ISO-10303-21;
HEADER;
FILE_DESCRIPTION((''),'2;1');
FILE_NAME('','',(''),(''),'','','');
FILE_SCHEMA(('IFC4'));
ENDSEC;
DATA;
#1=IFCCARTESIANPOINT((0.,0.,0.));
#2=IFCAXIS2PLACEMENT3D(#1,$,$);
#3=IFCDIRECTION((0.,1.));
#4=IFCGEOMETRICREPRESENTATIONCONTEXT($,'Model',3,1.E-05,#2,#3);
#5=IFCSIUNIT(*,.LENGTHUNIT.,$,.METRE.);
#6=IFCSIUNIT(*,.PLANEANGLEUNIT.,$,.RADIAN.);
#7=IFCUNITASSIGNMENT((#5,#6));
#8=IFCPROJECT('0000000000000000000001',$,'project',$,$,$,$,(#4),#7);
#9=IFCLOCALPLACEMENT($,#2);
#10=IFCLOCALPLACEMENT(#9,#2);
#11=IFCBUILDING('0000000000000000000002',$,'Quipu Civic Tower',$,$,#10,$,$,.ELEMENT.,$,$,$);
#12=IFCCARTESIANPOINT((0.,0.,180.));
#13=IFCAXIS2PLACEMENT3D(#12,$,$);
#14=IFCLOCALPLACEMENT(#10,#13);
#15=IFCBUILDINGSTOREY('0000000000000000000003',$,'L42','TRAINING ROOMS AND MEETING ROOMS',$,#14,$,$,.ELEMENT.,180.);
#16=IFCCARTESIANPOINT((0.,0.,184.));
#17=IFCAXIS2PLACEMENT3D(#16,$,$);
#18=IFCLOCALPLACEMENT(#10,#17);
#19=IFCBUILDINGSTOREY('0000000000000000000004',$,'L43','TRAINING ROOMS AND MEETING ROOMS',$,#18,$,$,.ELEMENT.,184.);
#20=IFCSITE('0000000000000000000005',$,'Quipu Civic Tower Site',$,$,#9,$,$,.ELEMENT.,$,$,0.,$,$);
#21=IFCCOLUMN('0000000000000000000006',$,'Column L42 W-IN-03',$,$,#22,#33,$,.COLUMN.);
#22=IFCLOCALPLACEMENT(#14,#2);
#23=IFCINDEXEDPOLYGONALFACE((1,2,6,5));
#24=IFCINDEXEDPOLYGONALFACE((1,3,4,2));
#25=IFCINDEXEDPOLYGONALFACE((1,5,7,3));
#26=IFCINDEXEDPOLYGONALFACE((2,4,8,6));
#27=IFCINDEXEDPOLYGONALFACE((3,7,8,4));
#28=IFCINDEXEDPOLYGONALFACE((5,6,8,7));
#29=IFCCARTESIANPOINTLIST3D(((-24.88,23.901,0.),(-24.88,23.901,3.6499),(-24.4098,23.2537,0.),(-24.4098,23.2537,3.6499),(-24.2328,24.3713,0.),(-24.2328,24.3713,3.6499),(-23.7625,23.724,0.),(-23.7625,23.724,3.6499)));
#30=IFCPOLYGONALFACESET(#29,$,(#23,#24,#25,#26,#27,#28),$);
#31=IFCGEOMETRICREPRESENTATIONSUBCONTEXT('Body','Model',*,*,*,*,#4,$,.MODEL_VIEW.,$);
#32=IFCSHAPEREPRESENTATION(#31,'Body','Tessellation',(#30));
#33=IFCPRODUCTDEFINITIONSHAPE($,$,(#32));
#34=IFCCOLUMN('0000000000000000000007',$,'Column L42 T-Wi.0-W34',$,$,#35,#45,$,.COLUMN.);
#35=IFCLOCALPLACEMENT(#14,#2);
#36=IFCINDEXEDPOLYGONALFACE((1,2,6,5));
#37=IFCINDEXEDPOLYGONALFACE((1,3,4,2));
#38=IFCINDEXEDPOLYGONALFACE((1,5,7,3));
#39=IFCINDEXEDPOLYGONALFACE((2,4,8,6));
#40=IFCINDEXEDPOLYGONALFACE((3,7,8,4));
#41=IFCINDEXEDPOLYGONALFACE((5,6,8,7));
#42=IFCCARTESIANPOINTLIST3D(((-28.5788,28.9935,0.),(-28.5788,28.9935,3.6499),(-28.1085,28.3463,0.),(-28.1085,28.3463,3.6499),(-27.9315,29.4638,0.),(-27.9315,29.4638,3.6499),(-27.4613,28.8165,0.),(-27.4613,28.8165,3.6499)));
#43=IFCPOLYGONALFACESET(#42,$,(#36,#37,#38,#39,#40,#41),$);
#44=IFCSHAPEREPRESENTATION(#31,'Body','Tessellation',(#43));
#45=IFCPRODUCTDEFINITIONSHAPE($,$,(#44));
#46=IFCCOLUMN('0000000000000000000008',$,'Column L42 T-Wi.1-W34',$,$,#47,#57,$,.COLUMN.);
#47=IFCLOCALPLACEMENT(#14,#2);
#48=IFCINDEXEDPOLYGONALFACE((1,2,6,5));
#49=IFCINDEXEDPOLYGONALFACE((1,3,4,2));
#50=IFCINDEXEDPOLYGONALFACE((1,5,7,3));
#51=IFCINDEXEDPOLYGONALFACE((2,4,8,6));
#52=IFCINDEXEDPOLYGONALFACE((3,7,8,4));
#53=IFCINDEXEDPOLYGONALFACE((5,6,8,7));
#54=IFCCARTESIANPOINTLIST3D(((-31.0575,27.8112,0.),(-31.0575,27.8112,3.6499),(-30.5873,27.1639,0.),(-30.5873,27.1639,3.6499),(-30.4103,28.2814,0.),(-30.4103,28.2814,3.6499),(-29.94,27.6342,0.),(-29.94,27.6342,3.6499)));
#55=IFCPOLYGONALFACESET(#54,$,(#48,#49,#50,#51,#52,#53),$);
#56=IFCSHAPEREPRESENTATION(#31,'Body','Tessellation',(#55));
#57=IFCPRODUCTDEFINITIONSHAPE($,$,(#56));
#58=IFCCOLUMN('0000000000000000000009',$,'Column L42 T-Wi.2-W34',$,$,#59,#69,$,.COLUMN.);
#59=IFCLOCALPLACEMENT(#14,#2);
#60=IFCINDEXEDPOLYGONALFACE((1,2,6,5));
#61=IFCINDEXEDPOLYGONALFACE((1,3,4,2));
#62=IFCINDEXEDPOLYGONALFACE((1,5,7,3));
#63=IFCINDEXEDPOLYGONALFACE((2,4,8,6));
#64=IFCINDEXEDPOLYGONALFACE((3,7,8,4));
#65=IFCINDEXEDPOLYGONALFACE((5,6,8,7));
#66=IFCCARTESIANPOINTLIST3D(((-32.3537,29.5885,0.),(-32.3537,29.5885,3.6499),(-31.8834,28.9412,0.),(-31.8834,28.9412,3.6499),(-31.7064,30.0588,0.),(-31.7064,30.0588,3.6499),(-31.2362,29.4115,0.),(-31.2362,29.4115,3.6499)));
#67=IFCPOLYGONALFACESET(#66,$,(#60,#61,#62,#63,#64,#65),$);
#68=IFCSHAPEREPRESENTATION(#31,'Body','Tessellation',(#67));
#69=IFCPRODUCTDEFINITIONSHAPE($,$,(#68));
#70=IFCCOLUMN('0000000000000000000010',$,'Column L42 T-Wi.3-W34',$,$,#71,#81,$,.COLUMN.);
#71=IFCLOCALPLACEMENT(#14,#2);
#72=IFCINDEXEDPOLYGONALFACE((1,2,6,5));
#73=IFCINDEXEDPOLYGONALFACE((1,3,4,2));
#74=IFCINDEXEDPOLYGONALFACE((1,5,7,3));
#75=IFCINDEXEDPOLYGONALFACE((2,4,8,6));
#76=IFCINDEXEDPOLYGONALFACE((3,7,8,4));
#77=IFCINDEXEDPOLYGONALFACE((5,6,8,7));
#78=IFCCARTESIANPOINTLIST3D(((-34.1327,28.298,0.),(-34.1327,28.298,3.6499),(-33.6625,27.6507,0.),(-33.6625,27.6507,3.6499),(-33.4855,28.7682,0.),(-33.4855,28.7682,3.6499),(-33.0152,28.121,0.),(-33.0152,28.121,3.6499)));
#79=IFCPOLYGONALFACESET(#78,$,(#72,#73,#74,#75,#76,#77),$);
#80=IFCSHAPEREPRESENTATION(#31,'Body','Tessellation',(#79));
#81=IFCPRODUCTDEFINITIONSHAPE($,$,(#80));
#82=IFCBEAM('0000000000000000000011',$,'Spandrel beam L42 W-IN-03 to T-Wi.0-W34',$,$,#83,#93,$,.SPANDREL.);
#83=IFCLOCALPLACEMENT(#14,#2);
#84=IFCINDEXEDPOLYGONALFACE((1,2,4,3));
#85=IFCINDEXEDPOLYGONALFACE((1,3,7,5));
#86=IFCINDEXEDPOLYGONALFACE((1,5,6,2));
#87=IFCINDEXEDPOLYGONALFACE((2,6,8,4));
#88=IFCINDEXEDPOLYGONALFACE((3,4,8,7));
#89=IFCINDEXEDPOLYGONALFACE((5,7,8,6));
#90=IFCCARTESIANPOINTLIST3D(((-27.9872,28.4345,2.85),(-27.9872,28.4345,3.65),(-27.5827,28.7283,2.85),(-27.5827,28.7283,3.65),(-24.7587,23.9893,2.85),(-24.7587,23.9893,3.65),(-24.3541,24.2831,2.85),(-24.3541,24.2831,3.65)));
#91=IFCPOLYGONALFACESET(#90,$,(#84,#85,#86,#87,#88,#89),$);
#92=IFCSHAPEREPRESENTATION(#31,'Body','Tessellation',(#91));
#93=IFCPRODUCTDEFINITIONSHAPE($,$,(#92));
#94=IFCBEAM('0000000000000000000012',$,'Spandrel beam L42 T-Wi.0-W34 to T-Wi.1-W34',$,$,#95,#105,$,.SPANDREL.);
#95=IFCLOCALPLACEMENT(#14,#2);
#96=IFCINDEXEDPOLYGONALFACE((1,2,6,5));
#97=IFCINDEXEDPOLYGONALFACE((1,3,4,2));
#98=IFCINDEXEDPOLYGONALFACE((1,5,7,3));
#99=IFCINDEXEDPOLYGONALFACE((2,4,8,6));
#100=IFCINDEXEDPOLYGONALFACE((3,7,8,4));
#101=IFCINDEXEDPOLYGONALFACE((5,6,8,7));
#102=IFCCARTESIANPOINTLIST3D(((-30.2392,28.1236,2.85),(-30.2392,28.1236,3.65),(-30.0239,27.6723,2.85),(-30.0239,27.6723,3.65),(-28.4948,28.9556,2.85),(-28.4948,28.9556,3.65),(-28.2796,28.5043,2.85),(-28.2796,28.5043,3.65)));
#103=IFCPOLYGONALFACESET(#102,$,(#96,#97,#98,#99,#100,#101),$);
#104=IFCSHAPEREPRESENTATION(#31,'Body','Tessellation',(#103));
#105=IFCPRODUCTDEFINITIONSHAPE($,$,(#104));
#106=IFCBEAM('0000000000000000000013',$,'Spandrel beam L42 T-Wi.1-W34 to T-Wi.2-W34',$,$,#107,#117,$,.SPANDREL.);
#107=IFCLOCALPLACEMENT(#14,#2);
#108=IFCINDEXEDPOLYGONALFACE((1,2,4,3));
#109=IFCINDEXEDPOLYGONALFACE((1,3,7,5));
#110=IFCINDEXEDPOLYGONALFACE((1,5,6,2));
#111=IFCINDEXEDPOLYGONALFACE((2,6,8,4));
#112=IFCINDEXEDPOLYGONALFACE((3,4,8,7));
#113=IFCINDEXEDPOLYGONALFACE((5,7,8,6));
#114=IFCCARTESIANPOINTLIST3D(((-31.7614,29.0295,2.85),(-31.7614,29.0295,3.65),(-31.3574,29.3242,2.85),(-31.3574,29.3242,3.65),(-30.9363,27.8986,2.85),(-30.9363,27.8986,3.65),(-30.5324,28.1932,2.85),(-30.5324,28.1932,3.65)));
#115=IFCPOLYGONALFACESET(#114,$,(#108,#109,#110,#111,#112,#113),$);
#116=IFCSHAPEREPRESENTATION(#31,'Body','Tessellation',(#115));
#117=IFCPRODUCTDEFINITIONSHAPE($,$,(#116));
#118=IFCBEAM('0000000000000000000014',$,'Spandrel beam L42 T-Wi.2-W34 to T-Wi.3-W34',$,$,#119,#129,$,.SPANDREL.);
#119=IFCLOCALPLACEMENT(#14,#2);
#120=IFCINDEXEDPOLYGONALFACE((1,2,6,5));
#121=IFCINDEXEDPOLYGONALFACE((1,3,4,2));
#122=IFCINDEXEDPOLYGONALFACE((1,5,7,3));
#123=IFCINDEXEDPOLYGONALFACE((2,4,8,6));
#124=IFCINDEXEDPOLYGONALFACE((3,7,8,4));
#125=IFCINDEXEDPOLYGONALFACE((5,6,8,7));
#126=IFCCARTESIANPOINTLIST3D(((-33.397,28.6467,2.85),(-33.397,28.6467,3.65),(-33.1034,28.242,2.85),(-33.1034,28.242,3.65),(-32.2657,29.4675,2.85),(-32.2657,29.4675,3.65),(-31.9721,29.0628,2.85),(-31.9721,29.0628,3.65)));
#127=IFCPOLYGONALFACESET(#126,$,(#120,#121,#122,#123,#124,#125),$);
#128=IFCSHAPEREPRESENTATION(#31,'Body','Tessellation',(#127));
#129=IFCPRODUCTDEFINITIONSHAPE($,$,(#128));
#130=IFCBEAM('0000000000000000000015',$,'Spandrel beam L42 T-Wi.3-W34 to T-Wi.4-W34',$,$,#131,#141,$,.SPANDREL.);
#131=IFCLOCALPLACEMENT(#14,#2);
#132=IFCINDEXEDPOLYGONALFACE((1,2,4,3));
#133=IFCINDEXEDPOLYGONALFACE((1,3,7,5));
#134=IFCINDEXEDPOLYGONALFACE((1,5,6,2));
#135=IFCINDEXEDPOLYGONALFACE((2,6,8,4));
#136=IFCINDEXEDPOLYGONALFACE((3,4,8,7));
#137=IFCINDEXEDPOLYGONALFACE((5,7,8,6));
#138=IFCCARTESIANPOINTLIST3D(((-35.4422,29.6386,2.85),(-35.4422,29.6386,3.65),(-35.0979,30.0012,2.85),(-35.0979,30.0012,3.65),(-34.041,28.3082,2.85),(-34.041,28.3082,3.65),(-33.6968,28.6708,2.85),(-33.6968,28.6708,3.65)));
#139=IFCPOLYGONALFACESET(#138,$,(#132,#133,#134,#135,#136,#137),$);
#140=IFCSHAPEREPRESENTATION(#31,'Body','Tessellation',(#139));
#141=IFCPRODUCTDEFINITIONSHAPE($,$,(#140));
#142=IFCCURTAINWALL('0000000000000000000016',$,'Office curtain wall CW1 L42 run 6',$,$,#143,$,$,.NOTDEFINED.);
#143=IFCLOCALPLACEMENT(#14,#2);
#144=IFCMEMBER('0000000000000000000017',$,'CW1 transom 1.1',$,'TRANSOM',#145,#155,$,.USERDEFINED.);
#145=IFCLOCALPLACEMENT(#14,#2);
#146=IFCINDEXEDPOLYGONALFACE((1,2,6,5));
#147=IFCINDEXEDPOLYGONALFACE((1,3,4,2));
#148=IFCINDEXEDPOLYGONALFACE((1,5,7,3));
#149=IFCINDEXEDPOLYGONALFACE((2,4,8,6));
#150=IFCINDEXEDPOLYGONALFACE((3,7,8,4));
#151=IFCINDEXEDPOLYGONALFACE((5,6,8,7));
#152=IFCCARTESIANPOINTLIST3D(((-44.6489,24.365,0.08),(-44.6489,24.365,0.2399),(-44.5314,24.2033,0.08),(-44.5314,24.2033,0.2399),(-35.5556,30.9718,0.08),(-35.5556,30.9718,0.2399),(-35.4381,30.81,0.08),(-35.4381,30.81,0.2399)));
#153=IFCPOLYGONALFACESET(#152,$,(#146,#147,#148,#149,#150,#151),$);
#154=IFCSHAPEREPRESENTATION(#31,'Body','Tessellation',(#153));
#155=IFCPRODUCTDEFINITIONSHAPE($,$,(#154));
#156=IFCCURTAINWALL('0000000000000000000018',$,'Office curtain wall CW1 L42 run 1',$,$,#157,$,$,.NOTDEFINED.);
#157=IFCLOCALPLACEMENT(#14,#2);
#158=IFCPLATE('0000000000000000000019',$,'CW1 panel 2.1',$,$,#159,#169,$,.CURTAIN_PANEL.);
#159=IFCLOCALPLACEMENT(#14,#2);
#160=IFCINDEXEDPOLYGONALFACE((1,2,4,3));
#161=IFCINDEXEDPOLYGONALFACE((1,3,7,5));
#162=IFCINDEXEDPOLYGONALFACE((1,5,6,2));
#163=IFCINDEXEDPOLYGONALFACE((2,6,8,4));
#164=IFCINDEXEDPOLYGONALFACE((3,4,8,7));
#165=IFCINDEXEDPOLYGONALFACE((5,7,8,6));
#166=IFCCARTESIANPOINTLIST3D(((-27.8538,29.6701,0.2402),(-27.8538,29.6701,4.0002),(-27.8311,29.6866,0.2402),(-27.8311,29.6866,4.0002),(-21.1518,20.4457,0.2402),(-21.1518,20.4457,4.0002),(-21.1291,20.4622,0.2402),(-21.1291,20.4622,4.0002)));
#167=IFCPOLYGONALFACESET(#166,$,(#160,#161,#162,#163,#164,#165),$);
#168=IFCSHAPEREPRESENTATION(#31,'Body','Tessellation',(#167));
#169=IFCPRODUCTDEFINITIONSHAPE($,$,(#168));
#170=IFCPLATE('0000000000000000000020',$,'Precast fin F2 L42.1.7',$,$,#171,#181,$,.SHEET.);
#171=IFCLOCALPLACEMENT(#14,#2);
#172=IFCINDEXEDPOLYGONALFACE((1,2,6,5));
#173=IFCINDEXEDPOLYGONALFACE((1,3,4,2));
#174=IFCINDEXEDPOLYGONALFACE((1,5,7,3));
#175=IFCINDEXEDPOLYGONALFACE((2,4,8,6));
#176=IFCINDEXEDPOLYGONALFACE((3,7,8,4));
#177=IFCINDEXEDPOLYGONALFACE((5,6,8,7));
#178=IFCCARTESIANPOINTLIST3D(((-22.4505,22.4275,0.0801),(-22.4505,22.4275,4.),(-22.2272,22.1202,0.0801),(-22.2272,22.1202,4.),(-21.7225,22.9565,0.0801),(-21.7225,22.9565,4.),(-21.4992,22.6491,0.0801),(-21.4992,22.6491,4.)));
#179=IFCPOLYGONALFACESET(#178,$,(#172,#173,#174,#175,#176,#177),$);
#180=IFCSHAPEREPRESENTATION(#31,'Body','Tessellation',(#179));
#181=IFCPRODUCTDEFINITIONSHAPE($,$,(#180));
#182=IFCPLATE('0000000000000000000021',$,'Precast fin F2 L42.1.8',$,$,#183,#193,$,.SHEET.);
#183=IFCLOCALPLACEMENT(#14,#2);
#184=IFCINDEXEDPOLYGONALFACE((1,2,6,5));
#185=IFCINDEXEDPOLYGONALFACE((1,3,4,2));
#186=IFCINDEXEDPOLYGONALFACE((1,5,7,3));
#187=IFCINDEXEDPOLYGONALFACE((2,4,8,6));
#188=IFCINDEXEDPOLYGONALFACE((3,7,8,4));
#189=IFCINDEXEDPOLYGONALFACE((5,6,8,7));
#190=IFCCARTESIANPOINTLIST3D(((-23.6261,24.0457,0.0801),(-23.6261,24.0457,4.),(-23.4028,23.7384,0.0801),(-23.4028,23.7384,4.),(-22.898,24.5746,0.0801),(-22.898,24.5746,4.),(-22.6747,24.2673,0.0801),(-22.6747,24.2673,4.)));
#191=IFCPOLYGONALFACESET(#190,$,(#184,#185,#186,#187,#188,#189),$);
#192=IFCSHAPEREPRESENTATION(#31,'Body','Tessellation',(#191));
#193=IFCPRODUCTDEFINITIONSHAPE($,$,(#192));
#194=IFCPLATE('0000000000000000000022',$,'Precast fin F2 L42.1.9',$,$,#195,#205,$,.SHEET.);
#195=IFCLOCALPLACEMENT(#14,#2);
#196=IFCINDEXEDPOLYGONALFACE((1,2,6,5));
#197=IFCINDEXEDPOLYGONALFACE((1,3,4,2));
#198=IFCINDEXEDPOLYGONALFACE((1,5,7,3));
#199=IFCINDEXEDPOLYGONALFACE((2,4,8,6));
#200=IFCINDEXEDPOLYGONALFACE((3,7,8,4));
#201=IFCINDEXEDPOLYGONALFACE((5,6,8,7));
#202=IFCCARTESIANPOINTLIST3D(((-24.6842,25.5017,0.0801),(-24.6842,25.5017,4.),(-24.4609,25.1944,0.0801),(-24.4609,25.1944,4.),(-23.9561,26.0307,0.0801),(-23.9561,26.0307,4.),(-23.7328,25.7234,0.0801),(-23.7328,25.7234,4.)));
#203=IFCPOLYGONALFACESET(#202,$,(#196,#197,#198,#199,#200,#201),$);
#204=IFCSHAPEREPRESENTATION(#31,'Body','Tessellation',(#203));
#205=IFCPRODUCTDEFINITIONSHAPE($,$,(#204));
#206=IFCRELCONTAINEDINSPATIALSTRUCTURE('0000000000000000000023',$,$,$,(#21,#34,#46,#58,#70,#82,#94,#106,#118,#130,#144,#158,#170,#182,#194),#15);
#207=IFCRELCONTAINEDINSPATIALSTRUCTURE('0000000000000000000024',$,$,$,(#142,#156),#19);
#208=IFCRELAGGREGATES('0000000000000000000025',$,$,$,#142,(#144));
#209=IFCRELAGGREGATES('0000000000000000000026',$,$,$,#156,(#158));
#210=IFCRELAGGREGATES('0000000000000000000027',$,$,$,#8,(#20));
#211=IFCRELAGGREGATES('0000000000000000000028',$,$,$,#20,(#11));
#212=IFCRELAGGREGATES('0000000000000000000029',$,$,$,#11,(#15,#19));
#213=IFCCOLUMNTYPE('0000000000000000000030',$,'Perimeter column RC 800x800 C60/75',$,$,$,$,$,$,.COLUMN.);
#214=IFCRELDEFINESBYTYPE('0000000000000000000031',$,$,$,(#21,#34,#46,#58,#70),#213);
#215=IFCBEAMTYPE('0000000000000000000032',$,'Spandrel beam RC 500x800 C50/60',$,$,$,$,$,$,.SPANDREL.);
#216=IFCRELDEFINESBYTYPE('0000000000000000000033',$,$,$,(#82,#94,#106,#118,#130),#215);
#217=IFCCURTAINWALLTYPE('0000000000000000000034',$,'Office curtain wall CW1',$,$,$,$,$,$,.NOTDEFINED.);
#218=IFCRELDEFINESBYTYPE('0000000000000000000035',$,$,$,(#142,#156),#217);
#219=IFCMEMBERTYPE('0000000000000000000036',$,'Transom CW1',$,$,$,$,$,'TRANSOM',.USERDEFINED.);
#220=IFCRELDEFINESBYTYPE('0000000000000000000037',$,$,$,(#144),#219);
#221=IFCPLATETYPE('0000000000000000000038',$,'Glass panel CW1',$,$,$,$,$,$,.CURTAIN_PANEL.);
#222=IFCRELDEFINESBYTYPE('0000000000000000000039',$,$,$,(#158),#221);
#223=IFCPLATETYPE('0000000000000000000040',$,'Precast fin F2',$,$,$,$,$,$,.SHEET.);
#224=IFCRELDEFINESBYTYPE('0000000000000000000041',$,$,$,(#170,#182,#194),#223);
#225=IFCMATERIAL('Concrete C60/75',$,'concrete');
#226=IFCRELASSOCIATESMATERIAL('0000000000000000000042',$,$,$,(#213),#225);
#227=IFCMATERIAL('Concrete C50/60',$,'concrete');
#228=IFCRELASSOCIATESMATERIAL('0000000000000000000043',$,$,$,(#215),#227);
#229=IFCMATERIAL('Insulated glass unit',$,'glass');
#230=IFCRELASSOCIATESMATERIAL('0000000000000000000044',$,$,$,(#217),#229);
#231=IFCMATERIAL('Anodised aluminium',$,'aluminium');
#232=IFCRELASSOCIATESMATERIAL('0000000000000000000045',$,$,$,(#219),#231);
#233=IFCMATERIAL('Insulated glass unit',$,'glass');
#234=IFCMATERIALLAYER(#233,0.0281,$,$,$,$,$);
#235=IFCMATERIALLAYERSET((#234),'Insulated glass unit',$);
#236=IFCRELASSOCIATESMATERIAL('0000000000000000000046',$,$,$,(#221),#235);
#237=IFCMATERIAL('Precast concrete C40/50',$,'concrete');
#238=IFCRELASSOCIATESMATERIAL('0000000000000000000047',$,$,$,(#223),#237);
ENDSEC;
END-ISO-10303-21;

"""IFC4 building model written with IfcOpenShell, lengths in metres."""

from ifc_helpers import new_model, si_unit, direction, frame, origin, origin_2d, place, context, subcontext, project, spatial, rectangle, extrude, material, layer, layer_set, material_profile, profile_set, type_object, element, aggregate, save


model = new_model("IFC4")

# Units and contexts
model_context = context("Model", 3, precision=1e-05, world=origin(), true_north=direction((0.0, 1.0)))
body_context = subcontext(model_context, "Body", "Model", "MODEL_VIEW")
ifc_project = project(units=[si_unit("LENGTHUNIT", "METRE"), si_unit("PLANEANGLEUNIT", "RADIAN")], contexts=[model_context])

# Site, building, storey
site_placement = place(None, origin())
site = spatial("IfcSite", under=ifc_project, at=site_placement, Name="Quipu Civic Tower Site", CompositionType="ELEMENT", RefElevation=0.0)
building_placement = place(site_placement, origin())
building = spatial("IfcBuilding", under=site, at=building_placement, Name="Quipu Civic Tower", CompositionType="ELEMENT")
storey_1_placement = place(building_placement, frame((0.0, 0.0, 180.0)))
storey_1 = spatial("IfcBuildingStorey", under=building, at=storey_1_placement, Name="L42", Description="TRAINING ROOMS AND MEETING ROOMS", CompositionType="ELEMENT", Elevation=180.0)

# Columns
ifc_material_1 = material(Name="Concrete C60/75", Category="concrete")
ifc_material_profile_1 = material_profile(ifc_material_1, rectangle(XDim=0.8, YDim=0.8, at=origin_2d()), Name="RC800x800")
ifc_profile_set_1 = profile_set([ifc_material_profile_1], Name="Concrete C60/75")
column_type = type_object("IfcColumnType", Name="Perimeter column RC 800x800 C60/75", PredefinedType="COLUMN", material=ifc_profile_set_1)
for number, where, z_axis, x_axis, name in (
    (1, (-24.3213, 23.8125, 0.0), (0.0, 0.0, 1.0), (-0.587785, 0.809017, 0.0), "Column L42 W-IN-03"),
    (2, (-28.02, 28.905, 0.0), (0.0, 0.0, 1.0), (-0.809017, -0.587785, 0.0), "Column L42 T-Wi.0-W34"),
    (3, (-30.4988, 27.7227, 0.0), (0.0, 0.0, 1.0), (-0.809017, -0.587785, 0.0), "Column L42 T-Wi.1-W34"),
    (4, (-31.7949, 29.5, 0.0), (0.0, 0.0, 1.0), (-0.587785, 0.809017, 0.0), "Column L42 T-Wi.2-W34"),
    (5, (-33.574, 28.2095, 0.0), (0.0, 0.0, 1.0), (-0.587785, 0.809017, 0.0), "Column L42 T-Wi.3-W34"),
):
    element("IfcColumn", number, at=place(storey_1_placement, frame(where, z_axis=z_axis, x_axis=x_axis)), inside=storey_1, type_object=column_type, Name=name, PredefinedType="COLUMN", context=body_context, shape_type="SweptSolid", body=[
        extrude(rectangle(XDim=0.8, YDim=0.8, at=origin_2d()), origin(), (0.0, 0.0, 1.0), 3.6499),
    ])

# Beams
ifc_material_2 = material(Name="Concrete C50/60", Category="concrete")
ifc_material_profile_2 = material_profile(ifc_material_2, rectangle(XDim=0.5, YDim=0.8, at=origin_2d()), Name="RC500x800")
ifc_profile_set_2 = profile_set([ifc_material_profile_2], Name="Concrete C50/60")
beam_type = type_object("IfcBeamType", Name="Spandrel beam RC 500x800 C50/60", PredefinedType="SPANDREL", material=ifc_profile_set_2)
beam_1_placement = place(storey_1_placement, frame((-24.5564, 24.1362, 3.25), z_axis=(-0.587664, 0.809105, 0.0), x_axis=(-0.809105, -0.587664, 0.0)))
element("IfcBeam", 6, at=beam_1_placement, inside=storey_1, type_object=beam_type, Name="Spandrel beam L42 W-IN-03 to T-Wi.0-W34", PredefinedType="SPANDREL", context=body_context, shape_type="SweptSolid", body=[
    extrude(rectangle(XDim=0.5, YDim=0.8, at=origin_2d()), origin(), (0.0, 0.0, 1.0), 5.4939),
])
beam_2_placement = place(storey_1_placement, frame((-28.3872, 28.73, 3.25), z_axis=(-0.902585, -0.430512, 0.0), x_axis=(0.430512, -0.902585, 0.0)))
element("IfcBeam", 7, at=beam_2_placement, inside=storey_1, type_object=beam_type, Name="Spandrel beam L42 T-Wi.0-W34 to T-Wi.1-W34", PredefinedType="SPANDREL", context=body_context, shape_type="SweptSolid", body=[
    extrude(rectangle(XDim=0.5, YDim=0.8, at=origin_2d()), origin(), (0.0, 0.0, 1.0), 1.9326),
])
beam_3_placement = place(storey_1_placement, frame((-30.7344, 28.0459, 3.25), z_axis=(-0.589343, 0.807883, 0.0), x_axis=(-0.807883, -0.589343, 0.0)))
element("IfcBeam", 8, at=beam_3_placement, inside=storey_1, type_object=beam_type, Name="Spandrel beam L42 T-Wi.1-W34 to T-Wi.2-W34", PredefinedType="SPANDREL", context=body_context, shape_type="SweptSolid", body=[
    extrude(rectangle(XDim=0.5, YDim=0.8, at=origin_2d()), origin(), (0.0, 0.0, 1.0), 1.3999),
])
beam_4_placement = place(storey_1_placement, frame((-32.1189, 29.2651, 3.25), z_axis=(-0.809415, -0.587237, 0.0), x_axis=(0.587237, -0.809415, 0.0)))
element("IfcBeam", 9, at=beam_4_placement, inside=storey_1, type_object=beam_type, Name="Spandrel beam L42 T-Wi.2-W34 to T-Wi.3-W34", PredefinedType="SPANDREL", context=body_context, shape_type="SweptSolid", body=[
    extrude(rectangle(XDim=0.5, YDim=0.8, at=origin_2d()), origin(), (0.0, 0.0, 1.0), 1.3977),
])
beam_5_placement = place(storey_1_placement, frame((-33.8689, 28.4895, 3.25), z_axis=(-0.725192, 0.688547, 0.0), x_axis=(-0.688547, -0.725192, 0.0)))
element("IfcBeam", 10, at=beam_5_placement, inside=storey_1, type_object=beam_type, Name="Spandrel beam L42 T-Wi.3-W34 to T-Wi.4-W34", PredefinedType="SPANDREL", context=body_context, shape_type="SweptSolid", body=[
    extrude(rectangle(XDim=0.5, YDim=0.8, at=origin_2d()), origin(), (0.0, 0.0, 1.0), 1.9321),
])

# Shared definitions
storey_2_placement = place(building_placement, frame((0.0, 0.0, 184.0)))
storey_2 = spatial("IfcBuildingStorey", under=building, at=storey_2_placement, Name="L43", Description="TRAINING ROOMS AND MEETING ROOMS", CompositionType="ELEMENT", Elevation=184.0)

# Curtain wall, member
ifc_material_3 = material(Name="Insulated glass unit", Category="glass")
curtain_wall_type = type_object("IfcCurtainWallType", Name="Office curtain wall CW1", PredefinedType="NOTDEFINED", material=ifc_material_3)
curtain_wall_1_placement = place(storey_2_placement, origin())
curtain_wall_1 = element("IfcCurtainWall", 11, at=curtain_wall_1_placement, inside=storey_2, type_object=curtain_wall_type, Name="Office curtain wall CW1 L42 run 6", PredefinedType="NOTDEFINED")
ifc_material_4 = material(Name="Anodised aluminium", Category="aluminium")
ifc_material_profile_3 = material_profile(ifc_material_4, rectangle(XDim=0.2, YDim=0.1599, at=origin_2d()), Name="RECT 200x160")
ifc_profile_set_3 = profile_set([ifc_material_profile_3], Name="Anodised aluminium")
member_type = type_object("IfcMemberType", Name="Transom CW1", ElementType="TRANSOM", PredefinedType="USERDEFINED", material=ifc_profile_set_3)
member_placement = place(storey_1_placement, frame((-35.4968, 30.8909, 0.1599), z_axis=(-0.809015, -0.587788, 0.0), x_axis=(0.587788, -0.809015, 0.0)))
member = element("IfcMember", 12, at=member_placement, inside=storey_1, type_object=member_type, Name="CW1 transom 1.1", ObjectType="TRANSOM", PredefinedType="USERDEFINED", context=body_context, shape_type="SweptSolid", body=[
    extrude(rectangle(XDim=0.2, YDim=0.1599, at=origin_2d()), origin(), (0.0, 0.0, 1.0), 11.24),
])
aggregate(curtain_wall_1, [member])

# Curtain wall, plate
curtain_wall_2_placement = place(storey_2_placement, origin())
curtain_wall_2 = element("IfcCurtainWall", 13, at=curtain_wall_2_placement, inside=storey_2, type_object=curtain_wall_type, Name="Office curtain wall CW1 L42 run 1", PredefinedType="NOTDEFINED")
ifc_material_5 = material(Name="Insulated glass unit", Category="glass")
ifc_layer_1 = layer(ifc_material_5, 0.0281)
ifc_layer_set_1 = layer_set([ifc_layer_1], Name="Insulated glass unit")
plate_type_1 = type_object("IfcPlateType", Name="Glass panel CW1", PredefinedType="CURTAIN_PANEL", material=ifc_layer_set_1)
plate_placement = place(storey_1_placement, frame((-24.4915, 25.0662, 0.2402), z_axis=(0.0, 0.0, 1.0), x_axis=(-0.587789, 0.809014, 0.0)))
plate = element("IfcPlate", 14, at=plate_placement, inside=storey_1, type_object=plate_type_1, Name="CW1 panel 2.1", PredefinedType="CURTAIN_PANEL", context=body_context, shape_type="SweptSolid", body=[
    extrude(rectangle(XDim=11.4021, YDim=0.0281, at=origin_2d()), origin(), (0.0, 0.0, 1.0), 3.76),
])
aggregate(curtain_wall_2, [plate])

# Plates
ifc_material_6 = material(Name="Precast concrete C40/50", Category="concrete")
plate_type_2 = type_object("IfcPlateType", Name="Precast fin F2", PredefinedType="SHEET", material=ifc_material_6)
for number, where, z_axis, x_axis, name in (
    (15, (-21.9749, 22.5383, 0.0801), (0.0, 0.0, 1.0), (-0.587787, 0.809016, 0.0), "Precast fin F2 L42.1.7"),
    (16, (-23.1504, 24.1565, 0.0801), (0.0, 0.0, 1.0), (-0.587787, 0.809016, 0.0), "Precast fin F2 L42.1.8"),
    (17, (-24.2085, 25.6125, 0.0801), (0.0, 0.0, 1.0), (-0.587787, 0.809016, 0.0), "Precast fin F2 L42.1.9"),
):
    element("IfcPlate", number, at=place(storey_1_placement, frame(where, z_axis=z_axis, x_axis=x_axis)), inside=storey_1, type_object=plate_type_2, Name=name, PredefinedType="SHEET", context=body_context, shape_type="SweptSolid", body=[
        extrude(rectangle(XDim=0.3799, YDim=0.8999, at=origin_2d()), origin(), (0.0, 0.0, 1.0), 3.9199),
    ])

save(model, "model.ifc")
